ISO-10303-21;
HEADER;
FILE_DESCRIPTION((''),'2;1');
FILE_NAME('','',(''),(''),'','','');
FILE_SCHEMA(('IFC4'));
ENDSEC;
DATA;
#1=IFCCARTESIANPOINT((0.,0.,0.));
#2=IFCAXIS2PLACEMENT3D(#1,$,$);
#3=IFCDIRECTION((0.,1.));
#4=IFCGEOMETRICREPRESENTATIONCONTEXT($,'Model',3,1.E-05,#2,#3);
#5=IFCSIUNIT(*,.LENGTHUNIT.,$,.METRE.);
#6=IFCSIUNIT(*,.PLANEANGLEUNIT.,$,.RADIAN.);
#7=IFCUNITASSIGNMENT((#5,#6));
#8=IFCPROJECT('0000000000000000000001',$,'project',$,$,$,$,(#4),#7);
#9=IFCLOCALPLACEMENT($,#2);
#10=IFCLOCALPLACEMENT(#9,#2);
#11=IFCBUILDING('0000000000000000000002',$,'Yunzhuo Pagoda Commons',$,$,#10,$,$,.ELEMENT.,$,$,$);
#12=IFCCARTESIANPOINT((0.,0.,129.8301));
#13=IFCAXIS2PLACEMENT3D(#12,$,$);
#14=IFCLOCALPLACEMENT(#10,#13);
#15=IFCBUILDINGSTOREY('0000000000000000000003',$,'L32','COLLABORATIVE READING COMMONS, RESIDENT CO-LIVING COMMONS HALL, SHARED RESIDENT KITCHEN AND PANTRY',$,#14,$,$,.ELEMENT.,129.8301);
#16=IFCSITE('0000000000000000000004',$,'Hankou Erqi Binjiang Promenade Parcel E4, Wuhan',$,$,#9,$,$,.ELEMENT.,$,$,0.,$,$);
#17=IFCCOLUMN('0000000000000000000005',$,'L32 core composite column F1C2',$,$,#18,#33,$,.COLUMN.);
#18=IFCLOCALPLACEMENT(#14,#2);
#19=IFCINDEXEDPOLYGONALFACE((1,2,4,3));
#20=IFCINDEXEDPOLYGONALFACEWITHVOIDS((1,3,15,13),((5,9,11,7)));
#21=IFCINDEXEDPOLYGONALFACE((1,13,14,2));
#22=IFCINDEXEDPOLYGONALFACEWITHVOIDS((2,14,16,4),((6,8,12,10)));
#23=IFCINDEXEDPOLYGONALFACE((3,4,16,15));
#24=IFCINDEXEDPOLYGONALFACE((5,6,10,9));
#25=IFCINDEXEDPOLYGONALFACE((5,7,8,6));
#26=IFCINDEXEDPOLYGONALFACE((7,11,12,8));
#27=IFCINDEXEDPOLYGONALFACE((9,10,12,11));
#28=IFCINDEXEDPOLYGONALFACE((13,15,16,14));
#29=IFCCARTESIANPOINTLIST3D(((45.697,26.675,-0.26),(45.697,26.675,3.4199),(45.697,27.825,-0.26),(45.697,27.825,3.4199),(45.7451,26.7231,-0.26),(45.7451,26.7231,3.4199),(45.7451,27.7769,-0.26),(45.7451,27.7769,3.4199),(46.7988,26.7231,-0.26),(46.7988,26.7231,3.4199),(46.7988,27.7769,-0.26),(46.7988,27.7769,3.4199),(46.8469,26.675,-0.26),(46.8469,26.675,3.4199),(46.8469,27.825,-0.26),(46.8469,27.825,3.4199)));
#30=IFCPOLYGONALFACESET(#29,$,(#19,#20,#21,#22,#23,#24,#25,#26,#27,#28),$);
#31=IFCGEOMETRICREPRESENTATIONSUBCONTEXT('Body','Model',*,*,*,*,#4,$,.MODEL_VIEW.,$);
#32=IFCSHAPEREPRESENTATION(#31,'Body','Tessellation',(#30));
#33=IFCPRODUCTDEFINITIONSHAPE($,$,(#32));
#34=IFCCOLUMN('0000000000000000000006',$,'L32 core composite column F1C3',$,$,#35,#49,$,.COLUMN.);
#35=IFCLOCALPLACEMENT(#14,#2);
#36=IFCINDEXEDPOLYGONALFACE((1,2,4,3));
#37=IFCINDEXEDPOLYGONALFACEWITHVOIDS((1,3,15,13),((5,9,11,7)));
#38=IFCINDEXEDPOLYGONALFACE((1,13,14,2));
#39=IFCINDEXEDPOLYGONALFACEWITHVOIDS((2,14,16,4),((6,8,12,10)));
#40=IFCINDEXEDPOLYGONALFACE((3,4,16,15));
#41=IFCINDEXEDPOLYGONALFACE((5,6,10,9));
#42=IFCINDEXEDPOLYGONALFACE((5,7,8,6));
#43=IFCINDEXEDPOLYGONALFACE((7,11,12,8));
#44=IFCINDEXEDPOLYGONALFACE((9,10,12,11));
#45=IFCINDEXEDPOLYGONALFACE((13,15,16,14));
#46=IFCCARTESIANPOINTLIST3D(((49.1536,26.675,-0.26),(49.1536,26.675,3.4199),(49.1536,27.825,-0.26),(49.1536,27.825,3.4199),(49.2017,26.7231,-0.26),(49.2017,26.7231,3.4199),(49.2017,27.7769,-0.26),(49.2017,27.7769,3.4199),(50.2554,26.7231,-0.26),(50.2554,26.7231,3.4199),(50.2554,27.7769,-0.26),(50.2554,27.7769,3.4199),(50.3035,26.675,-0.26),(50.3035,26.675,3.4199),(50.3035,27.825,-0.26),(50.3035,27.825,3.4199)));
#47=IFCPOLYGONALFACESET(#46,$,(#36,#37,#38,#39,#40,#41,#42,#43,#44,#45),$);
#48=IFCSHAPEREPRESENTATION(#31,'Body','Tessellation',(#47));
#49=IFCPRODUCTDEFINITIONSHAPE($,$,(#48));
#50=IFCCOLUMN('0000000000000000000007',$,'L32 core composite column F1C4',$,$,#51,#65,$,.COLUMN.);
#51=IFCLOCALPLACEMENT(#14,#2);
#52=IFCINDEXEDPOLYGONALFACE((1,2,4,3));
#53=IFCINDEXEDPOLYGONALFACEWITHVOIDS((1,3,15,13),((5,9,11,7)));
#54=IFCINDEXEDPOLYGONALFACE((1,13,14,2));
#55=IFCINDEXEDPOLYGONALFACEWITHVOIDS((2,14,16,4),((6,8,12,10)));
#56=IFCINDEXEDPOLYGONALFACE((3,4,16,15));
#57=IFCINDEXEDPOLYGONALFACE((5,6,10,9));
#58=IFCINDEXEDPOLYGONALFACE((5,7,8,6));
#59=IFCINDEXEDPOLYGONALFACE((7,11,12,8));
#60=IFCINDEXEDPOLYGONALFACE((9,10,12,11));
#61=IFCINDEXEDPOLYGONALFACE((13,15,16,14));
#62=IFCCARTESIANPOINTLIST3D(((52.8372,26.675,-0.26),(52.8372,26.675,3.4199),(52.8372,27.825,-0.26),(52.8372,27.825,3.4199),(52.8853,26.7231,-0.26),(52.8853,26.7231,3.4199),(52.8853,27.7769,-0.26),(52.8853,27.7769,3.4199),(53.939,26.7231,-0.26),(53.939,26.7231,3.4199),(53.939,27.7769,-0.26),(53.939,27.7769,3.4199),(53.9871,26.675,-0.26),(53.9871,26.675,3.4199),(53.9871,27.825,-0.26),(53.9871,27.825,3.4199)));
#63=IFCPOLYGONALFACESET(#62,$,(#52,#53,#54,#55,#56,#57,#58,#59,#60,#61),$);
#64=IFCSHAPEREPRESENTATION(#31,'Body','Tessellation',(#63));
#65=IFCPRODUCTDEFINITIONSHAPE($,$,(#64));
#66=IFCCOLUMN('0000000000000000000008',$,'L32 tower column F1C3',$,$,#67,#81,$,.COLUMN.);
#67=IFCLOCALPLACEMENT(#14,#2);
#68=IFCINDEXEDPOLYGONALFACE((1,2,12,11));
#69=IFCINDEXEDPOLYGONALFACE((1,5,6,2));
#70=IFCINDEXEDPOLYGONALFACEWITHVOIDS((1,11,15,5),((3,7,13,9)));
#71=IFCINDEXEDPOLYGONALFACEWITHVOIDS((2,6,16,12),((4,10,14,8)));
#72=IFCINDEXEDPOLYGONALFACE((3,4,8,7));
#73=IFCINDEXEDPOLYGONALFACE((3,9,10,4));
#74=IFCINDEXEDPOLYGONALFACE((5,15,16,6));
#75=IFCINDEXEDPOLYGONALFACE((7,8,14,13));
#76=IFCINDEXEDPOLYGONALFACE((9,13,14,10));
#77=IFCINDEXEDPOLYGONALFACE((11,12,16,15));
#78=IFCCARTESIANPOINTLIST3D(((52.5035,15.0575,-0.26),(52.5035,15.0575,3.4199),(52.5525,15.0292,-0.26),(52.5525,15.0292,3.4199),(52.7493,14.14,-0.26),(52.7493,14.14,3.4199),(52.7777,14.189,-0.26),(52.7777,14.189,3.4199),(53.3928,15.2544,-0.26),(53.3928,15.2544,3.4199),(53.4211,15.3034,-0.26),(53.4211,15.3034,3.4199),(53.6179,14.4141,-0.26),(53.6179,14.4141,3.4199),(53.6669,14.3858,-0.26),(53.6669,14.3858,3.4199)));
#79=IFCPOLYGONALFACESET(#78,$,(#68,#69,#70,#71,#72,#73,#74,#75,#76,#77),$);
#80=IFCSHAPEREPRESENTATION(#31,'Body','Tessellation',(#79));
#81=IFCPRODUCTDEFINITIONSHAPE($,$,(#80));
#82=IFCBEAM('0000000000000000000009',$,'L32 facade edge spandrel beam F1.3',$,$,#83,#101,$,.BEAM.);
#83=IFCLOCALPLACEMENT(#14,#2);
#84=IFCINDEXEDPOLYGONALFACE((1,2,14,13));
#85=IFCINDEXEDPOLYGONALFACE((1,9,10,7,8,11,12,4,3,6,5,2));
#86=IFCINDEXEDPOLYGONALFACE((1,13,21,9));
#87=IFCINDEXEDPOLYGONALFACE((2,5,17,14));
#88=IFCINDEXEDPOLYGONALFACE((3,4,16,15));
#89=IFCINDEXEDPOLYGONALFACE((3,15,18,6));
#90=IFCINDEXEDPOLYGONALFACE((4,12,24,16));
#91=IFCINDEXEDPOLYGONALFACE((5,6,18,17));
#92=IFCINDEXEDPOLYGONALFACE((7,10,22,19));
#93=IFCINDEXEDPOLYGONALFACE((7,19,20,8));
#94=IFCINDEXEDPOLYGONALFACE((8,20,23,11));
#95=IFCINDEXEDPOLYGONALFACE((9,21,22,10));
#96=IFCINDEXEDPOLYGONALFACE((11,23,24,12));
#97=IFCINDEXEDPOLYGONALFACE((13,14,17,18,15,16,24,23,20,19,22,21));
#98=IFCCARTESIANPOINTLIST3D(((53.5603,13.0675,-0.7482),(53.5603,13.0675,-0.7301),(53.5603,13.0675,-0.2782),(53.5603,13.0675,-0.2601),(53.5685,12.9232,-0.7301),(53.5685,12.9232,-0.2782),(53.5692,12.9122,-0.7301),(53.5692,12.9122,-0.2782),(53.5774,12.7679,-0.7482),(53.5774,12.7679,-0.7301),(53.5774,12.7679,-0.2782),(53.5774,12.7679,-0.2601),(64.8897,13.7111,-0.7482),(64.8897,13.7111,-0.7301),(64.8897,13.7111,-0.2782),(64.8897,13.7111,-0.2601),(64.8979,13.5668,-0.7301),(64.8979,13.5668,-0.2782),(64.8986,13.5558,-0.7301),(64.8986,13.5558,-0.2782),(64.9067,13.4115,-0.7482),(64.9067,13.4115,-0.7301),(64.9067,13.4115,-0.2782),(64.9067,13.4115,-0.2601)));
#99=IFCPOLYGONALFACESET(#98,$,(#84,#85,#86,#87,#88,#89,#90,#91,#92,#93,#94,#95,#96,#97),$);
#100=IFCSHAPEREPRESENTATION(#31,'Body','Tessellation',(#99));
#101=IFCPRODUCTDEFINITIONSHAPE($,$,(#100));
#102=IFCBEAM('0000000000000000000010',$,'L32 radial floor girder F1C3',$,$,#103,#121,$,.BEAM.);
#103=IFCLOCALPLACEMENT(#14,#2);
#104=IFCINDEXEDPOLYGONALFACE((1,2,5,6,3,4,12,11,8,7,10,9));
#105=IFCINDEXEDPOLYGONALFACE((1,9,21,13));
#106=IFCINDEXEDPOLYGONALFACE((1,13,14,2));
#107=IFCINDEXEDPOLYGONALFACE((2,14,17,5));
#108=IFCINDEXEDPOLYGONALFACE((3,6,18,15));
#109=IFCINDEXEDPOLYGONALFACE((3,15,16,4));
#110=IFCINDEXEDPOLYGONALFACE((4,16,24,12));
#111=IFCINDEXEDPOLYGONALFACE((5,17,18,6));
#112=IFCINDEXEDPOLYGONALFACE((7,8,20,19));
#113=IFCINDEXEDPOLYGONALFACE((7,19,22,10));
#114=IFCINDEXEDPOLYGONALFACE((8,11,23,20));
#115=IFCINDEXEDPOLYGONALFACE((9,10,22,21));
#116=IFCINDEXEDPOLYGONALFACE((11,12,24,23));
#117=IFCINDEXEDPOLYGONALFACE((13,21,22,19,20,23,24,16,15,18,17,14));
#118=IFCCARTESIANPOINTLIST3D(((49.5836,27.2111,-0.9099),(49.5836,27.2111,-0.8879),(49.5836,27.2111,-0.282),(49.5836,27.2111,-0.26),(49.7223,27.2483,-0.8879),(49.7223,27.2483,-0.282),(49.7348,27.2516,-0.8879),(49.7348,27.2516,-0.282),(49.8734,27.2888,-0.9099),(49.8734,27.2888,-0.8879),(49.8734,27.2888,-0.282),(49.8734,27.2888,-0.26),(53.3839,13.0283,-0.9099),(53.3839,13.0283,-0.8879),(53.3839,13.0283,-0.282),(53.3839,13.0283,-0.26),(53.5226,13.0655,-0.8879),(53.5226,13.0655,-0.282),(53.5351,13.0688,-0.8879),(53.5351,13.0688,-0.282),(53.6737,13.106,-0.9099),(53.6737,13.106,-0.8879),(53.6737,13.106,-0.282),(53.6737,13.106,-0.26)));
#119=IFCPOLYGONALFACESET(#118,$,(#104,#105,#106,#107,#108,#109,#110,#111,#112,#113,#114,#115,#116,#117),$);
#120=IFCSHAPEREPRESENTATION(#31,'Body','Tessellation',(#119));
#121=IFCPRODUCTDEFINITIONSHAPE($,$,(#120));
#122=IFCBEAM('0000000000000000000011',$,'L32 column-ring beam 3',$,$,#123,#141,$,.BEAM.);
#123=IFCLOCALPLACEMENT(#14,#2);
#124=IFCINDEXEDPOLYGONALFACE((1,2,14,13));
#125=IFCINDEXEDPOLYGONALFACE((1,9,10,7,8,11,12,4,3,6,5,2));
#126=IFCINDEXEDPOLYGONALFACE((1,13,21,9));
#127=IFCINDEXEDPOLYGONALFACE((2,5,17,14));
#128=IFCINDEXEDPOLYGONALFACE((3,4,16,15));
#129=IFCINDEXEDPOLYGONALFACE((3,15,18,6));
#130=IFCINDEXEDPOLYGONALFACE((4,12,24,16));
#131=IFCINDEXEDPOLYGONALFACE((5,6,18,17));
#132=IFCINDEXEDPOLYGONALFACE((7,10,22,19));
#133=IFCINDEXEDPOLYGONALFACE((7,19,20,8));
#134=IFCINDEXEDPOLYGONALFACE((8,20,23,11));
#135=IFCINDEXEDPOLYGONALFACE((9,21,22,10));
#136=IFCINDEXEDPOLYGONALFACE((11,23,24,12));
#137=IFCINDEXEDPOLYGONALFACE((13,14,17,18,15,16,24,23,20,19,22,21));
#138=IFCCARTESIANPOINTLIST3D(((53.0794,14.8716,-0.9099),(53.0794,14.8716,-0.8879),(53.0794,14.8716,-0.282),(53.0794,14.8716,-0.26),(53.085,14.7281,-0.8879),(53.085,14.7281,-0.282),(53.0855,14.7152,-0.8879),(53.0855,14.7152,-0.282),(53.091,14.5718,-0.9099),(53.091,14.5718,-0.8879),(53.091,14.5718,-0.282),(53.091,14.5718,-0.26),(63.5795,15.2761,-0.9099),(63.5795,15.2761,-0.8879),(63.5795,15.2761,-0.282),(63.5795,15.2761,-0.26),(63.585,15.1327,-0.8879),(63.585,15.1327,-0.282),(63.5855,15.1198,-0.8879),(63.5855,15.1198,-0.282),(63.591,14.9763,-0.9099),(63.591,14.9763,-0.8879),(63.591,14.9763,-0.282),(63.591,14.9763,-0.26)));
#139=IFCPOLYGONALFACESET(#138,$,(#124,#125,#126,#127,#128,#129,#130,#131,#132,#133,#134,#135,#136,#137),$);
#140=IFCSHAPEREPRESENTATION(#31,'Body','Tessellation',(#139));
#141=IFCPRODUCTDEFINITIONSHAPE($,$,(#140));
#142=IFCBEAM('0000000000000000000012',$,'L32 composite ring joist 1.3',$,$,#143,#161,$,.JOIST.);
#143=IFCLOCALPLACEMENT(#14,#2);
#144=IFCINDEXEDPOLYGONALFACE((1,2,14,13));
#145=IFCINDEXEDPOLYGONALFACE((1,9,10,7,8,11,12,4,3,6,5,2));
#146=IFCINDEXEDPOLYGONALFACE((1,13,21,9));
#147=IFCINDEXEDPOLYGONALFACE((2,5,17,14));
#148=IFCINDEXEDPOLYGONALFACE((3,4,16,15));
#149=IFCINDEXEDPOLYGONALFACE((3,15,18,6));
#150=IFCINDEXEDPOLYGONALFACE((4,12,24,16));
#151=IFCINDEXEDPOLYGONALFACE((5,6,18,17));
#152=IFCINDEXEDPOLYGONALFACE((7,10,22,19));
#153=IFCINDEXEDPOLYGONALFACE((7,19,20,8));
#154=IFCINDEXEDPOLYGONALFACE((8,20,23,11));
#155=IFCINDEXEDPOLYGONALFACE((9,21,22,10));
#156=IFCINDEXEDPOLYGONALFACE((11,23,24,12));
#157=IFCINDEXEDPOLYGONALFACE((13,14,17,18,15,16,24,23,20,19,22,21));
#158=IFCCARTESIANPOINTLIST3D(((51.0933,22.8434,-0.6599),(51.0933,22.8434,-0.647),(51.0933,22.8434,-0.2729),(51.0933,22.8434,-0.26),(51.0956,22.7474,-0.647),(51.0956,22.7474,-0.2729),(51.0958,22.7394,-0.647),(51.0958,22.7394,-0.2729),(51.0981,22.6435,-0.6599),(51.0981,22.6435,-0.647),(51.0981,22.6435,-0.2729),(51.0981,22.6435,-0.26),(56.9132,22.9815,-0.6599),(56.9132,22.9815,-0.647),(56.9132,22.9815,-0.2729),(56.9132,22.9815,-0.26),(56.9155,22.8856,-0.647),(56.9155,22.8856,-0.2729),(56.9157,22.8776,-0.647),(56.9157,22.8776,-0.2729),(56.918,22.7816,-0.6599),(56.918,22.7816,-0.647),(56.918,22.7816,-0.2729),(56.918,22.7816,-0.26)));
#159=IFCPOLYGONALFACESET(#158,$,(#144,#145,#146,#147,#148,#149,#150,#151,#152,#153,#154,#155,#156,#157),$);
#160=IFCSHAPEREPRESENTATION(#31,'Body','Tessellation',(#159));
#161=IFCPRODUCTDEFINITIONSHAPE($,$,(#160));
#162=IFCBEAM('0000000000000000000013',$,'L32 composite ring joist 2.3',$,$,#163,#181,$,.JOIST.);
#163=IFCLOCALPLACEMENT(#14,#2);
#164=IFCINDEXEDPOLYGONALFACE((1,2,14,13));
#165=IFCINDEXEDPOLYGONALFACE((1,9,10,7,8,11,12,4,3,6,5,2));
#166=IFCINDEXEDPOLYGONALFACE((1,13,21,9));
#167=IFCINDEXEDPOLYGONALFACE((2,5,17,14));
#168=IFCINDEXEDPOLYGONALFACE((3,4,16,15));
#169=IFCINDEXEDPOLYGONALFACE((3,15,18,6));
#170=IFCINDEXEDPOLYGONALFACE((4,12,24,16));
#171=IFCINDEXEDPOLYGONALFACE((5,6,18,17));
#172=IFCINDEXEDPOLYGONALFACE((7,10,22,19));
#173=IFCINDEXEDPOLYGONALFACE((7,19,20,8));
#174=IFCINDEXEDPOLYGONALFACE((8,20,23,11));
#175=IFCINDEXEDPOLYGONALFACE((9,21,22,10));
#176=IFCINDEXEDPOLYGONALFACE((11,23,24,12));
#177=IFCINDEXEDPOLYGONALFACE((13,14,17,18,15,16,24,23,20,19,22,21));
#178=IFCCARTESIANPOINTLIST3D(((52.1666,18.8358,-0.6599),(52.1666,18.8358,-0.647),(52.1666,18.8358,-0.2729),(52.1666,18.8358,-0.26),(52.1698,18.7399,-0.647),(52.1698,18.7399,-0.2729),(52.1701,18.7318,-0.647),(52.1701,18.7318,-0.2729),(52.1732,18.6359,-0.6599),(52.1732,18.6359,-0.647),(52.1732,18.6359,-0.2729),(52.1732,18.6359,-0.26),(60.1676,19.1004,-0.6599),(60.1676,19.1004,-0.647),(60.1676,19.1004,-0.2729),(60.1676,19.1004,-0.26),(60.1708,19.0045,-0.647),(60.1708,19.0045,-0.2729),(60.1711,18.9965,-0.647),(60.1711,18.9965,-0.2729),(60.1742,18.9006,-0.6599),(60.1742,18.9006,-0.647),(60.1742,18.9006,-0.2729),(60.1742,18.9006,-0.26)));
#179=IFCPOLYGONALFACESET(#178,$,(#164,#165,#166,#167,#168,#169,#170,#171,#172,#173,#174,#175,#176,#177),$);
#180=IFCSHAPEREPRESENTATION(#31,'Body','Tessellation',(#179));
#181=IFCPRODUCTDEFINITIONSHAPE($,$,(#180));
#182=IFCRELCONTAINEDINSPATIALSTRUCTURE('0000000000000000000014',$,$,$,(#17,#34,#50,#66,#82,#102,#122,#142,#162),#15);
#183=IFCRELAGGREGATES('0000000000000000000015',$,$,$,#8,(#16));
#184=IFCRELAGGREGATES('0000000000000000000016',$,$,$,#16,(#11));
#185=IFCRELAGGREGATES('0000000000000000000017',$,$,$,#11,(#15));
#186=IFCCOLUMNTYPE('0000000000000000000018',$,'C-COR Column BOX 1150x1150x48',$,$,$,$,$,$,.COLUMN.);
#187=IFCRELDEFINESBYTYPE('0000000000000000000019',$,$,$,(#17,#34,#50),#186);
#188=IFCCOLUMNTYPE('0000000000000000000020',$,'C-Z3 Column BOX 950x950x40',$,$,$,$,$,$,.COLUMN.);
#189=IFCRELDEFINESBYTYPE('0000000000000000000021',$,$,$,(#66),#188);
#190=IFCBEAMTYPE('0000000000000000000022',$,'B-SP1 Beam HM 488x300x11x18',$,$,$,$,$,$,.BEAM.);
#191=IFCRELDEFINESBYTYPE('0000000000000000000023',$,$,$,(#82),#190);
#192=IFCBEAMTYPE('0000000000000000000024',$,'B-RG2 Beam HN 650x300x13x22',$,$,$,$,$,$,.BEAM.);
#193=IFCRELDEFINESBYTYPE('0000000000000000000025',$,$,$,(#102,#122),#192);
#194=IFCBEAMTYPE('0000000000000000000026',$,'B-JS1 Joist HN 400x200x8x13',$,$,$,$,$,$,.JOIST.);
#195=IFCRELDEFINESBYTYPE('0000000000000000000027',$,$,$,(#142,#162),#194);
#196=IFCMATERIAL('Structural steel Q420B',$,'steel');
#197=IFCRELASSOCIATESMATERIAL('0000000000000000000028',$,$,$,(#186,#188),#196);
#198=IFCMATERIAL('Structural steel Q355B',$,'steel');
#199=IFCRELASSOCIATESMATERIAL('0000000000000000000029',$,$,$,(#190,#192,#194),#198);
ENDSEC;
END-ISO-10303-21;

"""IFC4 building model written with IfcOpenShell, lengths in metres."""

from ifc_helpers import new_model, si_unit, direction, frame, origin, origin_2d, place, context, subcontext, project, spatial, hollow_rectangle, i_section, extrude, source, transform, mapped, material, material_profile, profile_set, type_object, element, save


model = new_model("IFC4")

# Units and contexts
model_context = context("Model", 3, precision=1e-05, world=origin(), true_north=direction((0.0, 1.0)))
body_context = subcontext(model_context, "Body", "Model", "MODEL_VIEW")
ifc_project = project(units=[si_unit("LENGTHUNIT", "METRE"), si_unit("PLANEANGLEUNIT", "RADIAN")], contexts=[model_context])

# Site, building, storey
site_placement = place(None, origin())
site = spatial("IfcSite", under=ifc_project, at=site_placement, Name="Hankou Erqi Binjiang Promenade Parcel E4, Wuhan", CompositionType="ELEMENT", RefElevation=0.0)
building_placement = place(site_placement, origin())
building = spatial("IfcBuilding", under=site, at=building_placement, Name="Yunzhuo Pagoda Commons", CompositionType="ELEMENT")
storey_placement = place(building_placement, frame((0.0, 0.0, 129.8301)))
storey = spatial("IfcBuildingStorey", under=building, at=storey_placement, Name="L32", Description="COLLABORATIVE READING COMMONS, RESIDENT CO-LIVING COMMONS HALL, SHARED RESIDENT KITCHEN AND PANTRY", CompositionType="ELEMENT", Elevation=129.8301)

# Columns
ifc_material_1 = material(Name="Structural steel Q420B", Category="steel")
ifc_material_profile_1 = material_profile(ifc_material_1, hollow_rectangle(XDim=1.1499, YDim=1.1499, WallThickness=0.0481, at=origin_2d()), Name="Structural steel Q420B")
ifc_profile_set_1 = profile_set([ifc_material_profile_1], Name="Structural steel Q420B")
column_type_1 = type_object("IfcColumnType", Name="C-COR Column BOX 1150x1150x48", PredefinedType="COLUMN", material=ifc_profile_set_1)
shared_shape_1 = source(origin(), body_context, "Body", "SweptSolid", [
    extrude(hollow_rectangle(XDim=1.1499, YDim=1.1499, WallThickness=0.0481, at=origin_2d()), origin(), (0.0, 0.0, 1.0), 3.6799),
])
for number, where, z_axis, x_axis, name in (
    (1, (46.272, 27.25, -0.26), (0.0, 0.0, 1.0), (1.0, 0.0, 0.0), "L32 core composite column F1C2"),
    (2, (49.7285, 27.25, -0.26), (0.0, 0.0, 1.0), (1.0, 0.0, 0.0), "L32 core composite column F1C3"),
    (3, (53.4121, 27.25, -0.26), (0.0, 0.0, 1.0), (1.0, 0.0, 0.0), "L32 core composite column F1C4"),
):
    element("IfcColumn", number, at=place(storey_placement, frame(where, z_axis=z_axis, x_axis=x_axis)), inside=storey, type_object=column_type_1, Name=name, PredefinedType="COLUMN", context=body_context, shape_type="MappedRepresentation", body=[
        mapped(shared_shape_1, transform((0.0, 0.0, 0.0), scale=1.0)),
    ])
ifc_material_profile_2 = material_profile(ifc_material_1, hollow_rectangle(XDim=0.95, YDim=0.95, WallThickness=0.04, at=origin_2d()), Name="Structural steel Q420B")
ifc_profile_set_2 = profile_set([ifc_material_profile_2], Name="Structural steel Q420B")
column_type_2 = type_object("IfcColumnType", Name="C-Z3 Column BOX 950x950x40", PredefinedType="COLUMN", material=ifc_profile_set_2)
shared_shape_2 = source(origin(), body_context, "Body", "SweptSolid", [
    extrude(hollow_rectangle(XDim=0.95, YDim=0.95, WallThickness=0.04, at=origin_2d()), origin(), (0.0, 0.0, 1.0), 3.6799),
])
column_placement = place(storey_placement, frame((53.0852, 14.7217, -0.26), z_axis=(0.0, 0.0, 1.0), x_axis=(0.965926, 0.258819, 0.0)))
element("IfcColumn", 4, at=column_placement, inside=storey, type_object=column_type_2, Name="L32 tower column F1C3", PredefinedType="COLUMN", context=body_context, shape_type="MappedRepresentation", body=[
    mapped(shared_shape_2, transform((0.0, 0.0, 0.0), scale=1.0)),
])

# Beams
ifc_material_2 = material(Name="Structural steel Q355B", Category="steel")
ifc_material_profile_3 = material_profile(ifc_material_2, i_section(OverallWidth=0.3, OverallDepth=0.488, WebThickness=0.011, FlangeThickness=0.0181, at=origin_2d()), Name="Structural steel Q355B")
ifc_profile_set_3 = profile_set([ifc_material_profile_3], Name="Structural steel Q355B")
beam_type_1 = type_object("IfcBeamType", Name="B-SP1 Beam HM 488x300x11x18", PredefinedType="BEAM", material=ifc_profile_set_3)
shared_shape_3 = source(origin(), body_context, "Body", "SweptSolid", [
    extrude(i_section(OverallWidth=0.3, OverallDepth=0.488, WebThickness=0.011, FlangeThickness=0.0181, at=origin_2d()), origin(), (0.0, 0.0, 1.0), 11.3477),
])
beam_1_placement = place(storey_placement, frame((53.5688, 12.9177, -0.5042), z_axis=(0.998391, 0.056713, 0.0), x_axis=(-0.056713, 0.998391, 0.0)))
element("IfcBeam", 5, at=beam_1_placement, inside=storey, type_object=beam_type_1, Name="L32 facade edge spandrel beam F1.3", PredefinedType="BEAM", context=body_context, shape_type="MappedRepresentation", body=[
    mapped(shared_shape_3, transform((0.0, 0.0, 0.0), scale=1.0)),
])
ifc_material_profile_4 = material_profile(ifc_material_2, i_section(OverallWidth=0.3, OverallDepth=0.6499, WebThickness=0.0129, FlangeThickness=0.022, at=origin_2d()), Name="Structural steel Q355B")
ifc_profile_set_4 = profile_set([ifc_material_profile_4], Name="Structural steel Q355B")
beam_type_2 = type_object("IfcBeamType", Name="B-RG2 Beam HN 650x300x13x22", PredefinedType="BEAM", material=ifc_profile_set_4)
shared_shape_4 = source(origin(), body_context, "Body", "SweptSolid", [
    extrude(i_section(OverallWidth=0.3, OverallDepth=0.6499, WebThickness=0.0129, FlangeThickness=0.022, at=origin_2d()), origin(), (0.0, 0.0, 1.0), 14.6831),
])
beam_2_placement = place(storey_placement, frame((53.5288, 13.0671, -0.585), z_axis=(-0.258819, 0.965926, 0.0), x_axis=(-0.965926, -0.258819, 0.0)))
element("IfcBeam", 6, at=beam_2_placement, inside=storey, type_object=beam_type_2, Name="L32 radial floor girder F1C3", PredefinedType="BEAM", context=body_context, shape_type="MappedRepresentation", body=[
    mapped(shared_shape_4, transform((0.0, 0.0, 0.0), scale=1.0)),
])
shared_shape_5 = source(origin(), body_context, "Body", "SweptSolid", [
    extrude(i_section(OverallWidth=0.3, OverallDepth=0.6499, WebThickness=0.0129, FlangeThickness=0.022, at=origin_2d()), origin(), (0.0, 0.0, 1.0), 10.5078),
])
beam_3_placement = place(storey_placement, frame((53.0852, 14.7217, -0.585), z_axis=(0.999259, 0.038499, 0.0), x_axis=(-0.038499, 0.999259, 0.0)))
element("IfcBeam", 7, at=beam_3_placement, inside=storey, type_object=beam_type_2, Name="L32 column-ring beam 3", PredefinedType="BEAM", context=body_context, shape_type="MappedRepresentation", body=[
    mapped(shared_shape_5, transform((0.0, 0.0, 0.0), scale=1.0)),
])
ifc_material_profile_5 = material_profile(ifc_material_2, i_section(OverallWidth=0.2, OverallDepth=0.3999, WebThickness=0.0081, FlangeThickness=0.0129, at=origin_2d()), Name="Structural steel Q355B")
ifc_profile_set_5 = profile_set([ifc_material_profile_5], Name="Structural steel Q355B")
beam_type_3 = type_object("IfcBeamType", Name="B-JS1 Joist HN 400x200x8x13", PredefinedType="JOIST", material=ifc_profile_set_5)
shared_shape_6 = source(origin(), body_context, "Body", "SweptSolid", [
    extrude(i_section(OverallWidth=0.2, OverallDepth=0.3999, WebThickness=0.0081, FlangeThickness=0.0129, at=origin_2d()), origin(), (0.0, 0.0, 1.0), 5.8215),
])
beam_4_placement = place(storey_placement, frame((51.0957, 22.7434, -0.46), z_axis=(0.999718, 0.023737, 0.0), x_axis=(-0.023737, 0.999718, 0.0)))
element("IfcBeam", 8, at=beam_4_placement, inside=storey, type_object=beam_type_3, Name="L32 composite ring joist 1.3", PredefinedType="JOIST", context=body_context, shape_type="MappedRepresentation", body=[
    mapped(shared_shape_6, transform((0.0, 0.0, 0.0), scale=1.0)),
])
shared_shape_7 = source(origin(), body_context, "Body", "SweptSolid", [
    extrude(i_section(OverallWidth=0.2, OverallDepth=0.3999, WebThickness=0.0081, FlangeThickness=0.0129, at=origin_2d()), origin(), (0.0, 0.0, 1.0), 8.0054),
])
beam_5_placement = place(storey_placement, frame((52.1699, 18.7358, -0.46), z_axis=(0.999453, 0.033059, 0.0), x_axis=(-0.033059, 0.999453, 0.0)))
element("IfcBeam", 9, at=beam_5_placement, inside=storey, type_object=beam_type_3, Name="L32 composite ring joist 2.3", PredefinedType="JOIST", context=body_context, shape_type="MappedRepresentation", body=[
    mapped(shared_shape_7, transform((0.0, 0.0, 0.0), scale=1.0)),
])

save(model, "model.ifc")
